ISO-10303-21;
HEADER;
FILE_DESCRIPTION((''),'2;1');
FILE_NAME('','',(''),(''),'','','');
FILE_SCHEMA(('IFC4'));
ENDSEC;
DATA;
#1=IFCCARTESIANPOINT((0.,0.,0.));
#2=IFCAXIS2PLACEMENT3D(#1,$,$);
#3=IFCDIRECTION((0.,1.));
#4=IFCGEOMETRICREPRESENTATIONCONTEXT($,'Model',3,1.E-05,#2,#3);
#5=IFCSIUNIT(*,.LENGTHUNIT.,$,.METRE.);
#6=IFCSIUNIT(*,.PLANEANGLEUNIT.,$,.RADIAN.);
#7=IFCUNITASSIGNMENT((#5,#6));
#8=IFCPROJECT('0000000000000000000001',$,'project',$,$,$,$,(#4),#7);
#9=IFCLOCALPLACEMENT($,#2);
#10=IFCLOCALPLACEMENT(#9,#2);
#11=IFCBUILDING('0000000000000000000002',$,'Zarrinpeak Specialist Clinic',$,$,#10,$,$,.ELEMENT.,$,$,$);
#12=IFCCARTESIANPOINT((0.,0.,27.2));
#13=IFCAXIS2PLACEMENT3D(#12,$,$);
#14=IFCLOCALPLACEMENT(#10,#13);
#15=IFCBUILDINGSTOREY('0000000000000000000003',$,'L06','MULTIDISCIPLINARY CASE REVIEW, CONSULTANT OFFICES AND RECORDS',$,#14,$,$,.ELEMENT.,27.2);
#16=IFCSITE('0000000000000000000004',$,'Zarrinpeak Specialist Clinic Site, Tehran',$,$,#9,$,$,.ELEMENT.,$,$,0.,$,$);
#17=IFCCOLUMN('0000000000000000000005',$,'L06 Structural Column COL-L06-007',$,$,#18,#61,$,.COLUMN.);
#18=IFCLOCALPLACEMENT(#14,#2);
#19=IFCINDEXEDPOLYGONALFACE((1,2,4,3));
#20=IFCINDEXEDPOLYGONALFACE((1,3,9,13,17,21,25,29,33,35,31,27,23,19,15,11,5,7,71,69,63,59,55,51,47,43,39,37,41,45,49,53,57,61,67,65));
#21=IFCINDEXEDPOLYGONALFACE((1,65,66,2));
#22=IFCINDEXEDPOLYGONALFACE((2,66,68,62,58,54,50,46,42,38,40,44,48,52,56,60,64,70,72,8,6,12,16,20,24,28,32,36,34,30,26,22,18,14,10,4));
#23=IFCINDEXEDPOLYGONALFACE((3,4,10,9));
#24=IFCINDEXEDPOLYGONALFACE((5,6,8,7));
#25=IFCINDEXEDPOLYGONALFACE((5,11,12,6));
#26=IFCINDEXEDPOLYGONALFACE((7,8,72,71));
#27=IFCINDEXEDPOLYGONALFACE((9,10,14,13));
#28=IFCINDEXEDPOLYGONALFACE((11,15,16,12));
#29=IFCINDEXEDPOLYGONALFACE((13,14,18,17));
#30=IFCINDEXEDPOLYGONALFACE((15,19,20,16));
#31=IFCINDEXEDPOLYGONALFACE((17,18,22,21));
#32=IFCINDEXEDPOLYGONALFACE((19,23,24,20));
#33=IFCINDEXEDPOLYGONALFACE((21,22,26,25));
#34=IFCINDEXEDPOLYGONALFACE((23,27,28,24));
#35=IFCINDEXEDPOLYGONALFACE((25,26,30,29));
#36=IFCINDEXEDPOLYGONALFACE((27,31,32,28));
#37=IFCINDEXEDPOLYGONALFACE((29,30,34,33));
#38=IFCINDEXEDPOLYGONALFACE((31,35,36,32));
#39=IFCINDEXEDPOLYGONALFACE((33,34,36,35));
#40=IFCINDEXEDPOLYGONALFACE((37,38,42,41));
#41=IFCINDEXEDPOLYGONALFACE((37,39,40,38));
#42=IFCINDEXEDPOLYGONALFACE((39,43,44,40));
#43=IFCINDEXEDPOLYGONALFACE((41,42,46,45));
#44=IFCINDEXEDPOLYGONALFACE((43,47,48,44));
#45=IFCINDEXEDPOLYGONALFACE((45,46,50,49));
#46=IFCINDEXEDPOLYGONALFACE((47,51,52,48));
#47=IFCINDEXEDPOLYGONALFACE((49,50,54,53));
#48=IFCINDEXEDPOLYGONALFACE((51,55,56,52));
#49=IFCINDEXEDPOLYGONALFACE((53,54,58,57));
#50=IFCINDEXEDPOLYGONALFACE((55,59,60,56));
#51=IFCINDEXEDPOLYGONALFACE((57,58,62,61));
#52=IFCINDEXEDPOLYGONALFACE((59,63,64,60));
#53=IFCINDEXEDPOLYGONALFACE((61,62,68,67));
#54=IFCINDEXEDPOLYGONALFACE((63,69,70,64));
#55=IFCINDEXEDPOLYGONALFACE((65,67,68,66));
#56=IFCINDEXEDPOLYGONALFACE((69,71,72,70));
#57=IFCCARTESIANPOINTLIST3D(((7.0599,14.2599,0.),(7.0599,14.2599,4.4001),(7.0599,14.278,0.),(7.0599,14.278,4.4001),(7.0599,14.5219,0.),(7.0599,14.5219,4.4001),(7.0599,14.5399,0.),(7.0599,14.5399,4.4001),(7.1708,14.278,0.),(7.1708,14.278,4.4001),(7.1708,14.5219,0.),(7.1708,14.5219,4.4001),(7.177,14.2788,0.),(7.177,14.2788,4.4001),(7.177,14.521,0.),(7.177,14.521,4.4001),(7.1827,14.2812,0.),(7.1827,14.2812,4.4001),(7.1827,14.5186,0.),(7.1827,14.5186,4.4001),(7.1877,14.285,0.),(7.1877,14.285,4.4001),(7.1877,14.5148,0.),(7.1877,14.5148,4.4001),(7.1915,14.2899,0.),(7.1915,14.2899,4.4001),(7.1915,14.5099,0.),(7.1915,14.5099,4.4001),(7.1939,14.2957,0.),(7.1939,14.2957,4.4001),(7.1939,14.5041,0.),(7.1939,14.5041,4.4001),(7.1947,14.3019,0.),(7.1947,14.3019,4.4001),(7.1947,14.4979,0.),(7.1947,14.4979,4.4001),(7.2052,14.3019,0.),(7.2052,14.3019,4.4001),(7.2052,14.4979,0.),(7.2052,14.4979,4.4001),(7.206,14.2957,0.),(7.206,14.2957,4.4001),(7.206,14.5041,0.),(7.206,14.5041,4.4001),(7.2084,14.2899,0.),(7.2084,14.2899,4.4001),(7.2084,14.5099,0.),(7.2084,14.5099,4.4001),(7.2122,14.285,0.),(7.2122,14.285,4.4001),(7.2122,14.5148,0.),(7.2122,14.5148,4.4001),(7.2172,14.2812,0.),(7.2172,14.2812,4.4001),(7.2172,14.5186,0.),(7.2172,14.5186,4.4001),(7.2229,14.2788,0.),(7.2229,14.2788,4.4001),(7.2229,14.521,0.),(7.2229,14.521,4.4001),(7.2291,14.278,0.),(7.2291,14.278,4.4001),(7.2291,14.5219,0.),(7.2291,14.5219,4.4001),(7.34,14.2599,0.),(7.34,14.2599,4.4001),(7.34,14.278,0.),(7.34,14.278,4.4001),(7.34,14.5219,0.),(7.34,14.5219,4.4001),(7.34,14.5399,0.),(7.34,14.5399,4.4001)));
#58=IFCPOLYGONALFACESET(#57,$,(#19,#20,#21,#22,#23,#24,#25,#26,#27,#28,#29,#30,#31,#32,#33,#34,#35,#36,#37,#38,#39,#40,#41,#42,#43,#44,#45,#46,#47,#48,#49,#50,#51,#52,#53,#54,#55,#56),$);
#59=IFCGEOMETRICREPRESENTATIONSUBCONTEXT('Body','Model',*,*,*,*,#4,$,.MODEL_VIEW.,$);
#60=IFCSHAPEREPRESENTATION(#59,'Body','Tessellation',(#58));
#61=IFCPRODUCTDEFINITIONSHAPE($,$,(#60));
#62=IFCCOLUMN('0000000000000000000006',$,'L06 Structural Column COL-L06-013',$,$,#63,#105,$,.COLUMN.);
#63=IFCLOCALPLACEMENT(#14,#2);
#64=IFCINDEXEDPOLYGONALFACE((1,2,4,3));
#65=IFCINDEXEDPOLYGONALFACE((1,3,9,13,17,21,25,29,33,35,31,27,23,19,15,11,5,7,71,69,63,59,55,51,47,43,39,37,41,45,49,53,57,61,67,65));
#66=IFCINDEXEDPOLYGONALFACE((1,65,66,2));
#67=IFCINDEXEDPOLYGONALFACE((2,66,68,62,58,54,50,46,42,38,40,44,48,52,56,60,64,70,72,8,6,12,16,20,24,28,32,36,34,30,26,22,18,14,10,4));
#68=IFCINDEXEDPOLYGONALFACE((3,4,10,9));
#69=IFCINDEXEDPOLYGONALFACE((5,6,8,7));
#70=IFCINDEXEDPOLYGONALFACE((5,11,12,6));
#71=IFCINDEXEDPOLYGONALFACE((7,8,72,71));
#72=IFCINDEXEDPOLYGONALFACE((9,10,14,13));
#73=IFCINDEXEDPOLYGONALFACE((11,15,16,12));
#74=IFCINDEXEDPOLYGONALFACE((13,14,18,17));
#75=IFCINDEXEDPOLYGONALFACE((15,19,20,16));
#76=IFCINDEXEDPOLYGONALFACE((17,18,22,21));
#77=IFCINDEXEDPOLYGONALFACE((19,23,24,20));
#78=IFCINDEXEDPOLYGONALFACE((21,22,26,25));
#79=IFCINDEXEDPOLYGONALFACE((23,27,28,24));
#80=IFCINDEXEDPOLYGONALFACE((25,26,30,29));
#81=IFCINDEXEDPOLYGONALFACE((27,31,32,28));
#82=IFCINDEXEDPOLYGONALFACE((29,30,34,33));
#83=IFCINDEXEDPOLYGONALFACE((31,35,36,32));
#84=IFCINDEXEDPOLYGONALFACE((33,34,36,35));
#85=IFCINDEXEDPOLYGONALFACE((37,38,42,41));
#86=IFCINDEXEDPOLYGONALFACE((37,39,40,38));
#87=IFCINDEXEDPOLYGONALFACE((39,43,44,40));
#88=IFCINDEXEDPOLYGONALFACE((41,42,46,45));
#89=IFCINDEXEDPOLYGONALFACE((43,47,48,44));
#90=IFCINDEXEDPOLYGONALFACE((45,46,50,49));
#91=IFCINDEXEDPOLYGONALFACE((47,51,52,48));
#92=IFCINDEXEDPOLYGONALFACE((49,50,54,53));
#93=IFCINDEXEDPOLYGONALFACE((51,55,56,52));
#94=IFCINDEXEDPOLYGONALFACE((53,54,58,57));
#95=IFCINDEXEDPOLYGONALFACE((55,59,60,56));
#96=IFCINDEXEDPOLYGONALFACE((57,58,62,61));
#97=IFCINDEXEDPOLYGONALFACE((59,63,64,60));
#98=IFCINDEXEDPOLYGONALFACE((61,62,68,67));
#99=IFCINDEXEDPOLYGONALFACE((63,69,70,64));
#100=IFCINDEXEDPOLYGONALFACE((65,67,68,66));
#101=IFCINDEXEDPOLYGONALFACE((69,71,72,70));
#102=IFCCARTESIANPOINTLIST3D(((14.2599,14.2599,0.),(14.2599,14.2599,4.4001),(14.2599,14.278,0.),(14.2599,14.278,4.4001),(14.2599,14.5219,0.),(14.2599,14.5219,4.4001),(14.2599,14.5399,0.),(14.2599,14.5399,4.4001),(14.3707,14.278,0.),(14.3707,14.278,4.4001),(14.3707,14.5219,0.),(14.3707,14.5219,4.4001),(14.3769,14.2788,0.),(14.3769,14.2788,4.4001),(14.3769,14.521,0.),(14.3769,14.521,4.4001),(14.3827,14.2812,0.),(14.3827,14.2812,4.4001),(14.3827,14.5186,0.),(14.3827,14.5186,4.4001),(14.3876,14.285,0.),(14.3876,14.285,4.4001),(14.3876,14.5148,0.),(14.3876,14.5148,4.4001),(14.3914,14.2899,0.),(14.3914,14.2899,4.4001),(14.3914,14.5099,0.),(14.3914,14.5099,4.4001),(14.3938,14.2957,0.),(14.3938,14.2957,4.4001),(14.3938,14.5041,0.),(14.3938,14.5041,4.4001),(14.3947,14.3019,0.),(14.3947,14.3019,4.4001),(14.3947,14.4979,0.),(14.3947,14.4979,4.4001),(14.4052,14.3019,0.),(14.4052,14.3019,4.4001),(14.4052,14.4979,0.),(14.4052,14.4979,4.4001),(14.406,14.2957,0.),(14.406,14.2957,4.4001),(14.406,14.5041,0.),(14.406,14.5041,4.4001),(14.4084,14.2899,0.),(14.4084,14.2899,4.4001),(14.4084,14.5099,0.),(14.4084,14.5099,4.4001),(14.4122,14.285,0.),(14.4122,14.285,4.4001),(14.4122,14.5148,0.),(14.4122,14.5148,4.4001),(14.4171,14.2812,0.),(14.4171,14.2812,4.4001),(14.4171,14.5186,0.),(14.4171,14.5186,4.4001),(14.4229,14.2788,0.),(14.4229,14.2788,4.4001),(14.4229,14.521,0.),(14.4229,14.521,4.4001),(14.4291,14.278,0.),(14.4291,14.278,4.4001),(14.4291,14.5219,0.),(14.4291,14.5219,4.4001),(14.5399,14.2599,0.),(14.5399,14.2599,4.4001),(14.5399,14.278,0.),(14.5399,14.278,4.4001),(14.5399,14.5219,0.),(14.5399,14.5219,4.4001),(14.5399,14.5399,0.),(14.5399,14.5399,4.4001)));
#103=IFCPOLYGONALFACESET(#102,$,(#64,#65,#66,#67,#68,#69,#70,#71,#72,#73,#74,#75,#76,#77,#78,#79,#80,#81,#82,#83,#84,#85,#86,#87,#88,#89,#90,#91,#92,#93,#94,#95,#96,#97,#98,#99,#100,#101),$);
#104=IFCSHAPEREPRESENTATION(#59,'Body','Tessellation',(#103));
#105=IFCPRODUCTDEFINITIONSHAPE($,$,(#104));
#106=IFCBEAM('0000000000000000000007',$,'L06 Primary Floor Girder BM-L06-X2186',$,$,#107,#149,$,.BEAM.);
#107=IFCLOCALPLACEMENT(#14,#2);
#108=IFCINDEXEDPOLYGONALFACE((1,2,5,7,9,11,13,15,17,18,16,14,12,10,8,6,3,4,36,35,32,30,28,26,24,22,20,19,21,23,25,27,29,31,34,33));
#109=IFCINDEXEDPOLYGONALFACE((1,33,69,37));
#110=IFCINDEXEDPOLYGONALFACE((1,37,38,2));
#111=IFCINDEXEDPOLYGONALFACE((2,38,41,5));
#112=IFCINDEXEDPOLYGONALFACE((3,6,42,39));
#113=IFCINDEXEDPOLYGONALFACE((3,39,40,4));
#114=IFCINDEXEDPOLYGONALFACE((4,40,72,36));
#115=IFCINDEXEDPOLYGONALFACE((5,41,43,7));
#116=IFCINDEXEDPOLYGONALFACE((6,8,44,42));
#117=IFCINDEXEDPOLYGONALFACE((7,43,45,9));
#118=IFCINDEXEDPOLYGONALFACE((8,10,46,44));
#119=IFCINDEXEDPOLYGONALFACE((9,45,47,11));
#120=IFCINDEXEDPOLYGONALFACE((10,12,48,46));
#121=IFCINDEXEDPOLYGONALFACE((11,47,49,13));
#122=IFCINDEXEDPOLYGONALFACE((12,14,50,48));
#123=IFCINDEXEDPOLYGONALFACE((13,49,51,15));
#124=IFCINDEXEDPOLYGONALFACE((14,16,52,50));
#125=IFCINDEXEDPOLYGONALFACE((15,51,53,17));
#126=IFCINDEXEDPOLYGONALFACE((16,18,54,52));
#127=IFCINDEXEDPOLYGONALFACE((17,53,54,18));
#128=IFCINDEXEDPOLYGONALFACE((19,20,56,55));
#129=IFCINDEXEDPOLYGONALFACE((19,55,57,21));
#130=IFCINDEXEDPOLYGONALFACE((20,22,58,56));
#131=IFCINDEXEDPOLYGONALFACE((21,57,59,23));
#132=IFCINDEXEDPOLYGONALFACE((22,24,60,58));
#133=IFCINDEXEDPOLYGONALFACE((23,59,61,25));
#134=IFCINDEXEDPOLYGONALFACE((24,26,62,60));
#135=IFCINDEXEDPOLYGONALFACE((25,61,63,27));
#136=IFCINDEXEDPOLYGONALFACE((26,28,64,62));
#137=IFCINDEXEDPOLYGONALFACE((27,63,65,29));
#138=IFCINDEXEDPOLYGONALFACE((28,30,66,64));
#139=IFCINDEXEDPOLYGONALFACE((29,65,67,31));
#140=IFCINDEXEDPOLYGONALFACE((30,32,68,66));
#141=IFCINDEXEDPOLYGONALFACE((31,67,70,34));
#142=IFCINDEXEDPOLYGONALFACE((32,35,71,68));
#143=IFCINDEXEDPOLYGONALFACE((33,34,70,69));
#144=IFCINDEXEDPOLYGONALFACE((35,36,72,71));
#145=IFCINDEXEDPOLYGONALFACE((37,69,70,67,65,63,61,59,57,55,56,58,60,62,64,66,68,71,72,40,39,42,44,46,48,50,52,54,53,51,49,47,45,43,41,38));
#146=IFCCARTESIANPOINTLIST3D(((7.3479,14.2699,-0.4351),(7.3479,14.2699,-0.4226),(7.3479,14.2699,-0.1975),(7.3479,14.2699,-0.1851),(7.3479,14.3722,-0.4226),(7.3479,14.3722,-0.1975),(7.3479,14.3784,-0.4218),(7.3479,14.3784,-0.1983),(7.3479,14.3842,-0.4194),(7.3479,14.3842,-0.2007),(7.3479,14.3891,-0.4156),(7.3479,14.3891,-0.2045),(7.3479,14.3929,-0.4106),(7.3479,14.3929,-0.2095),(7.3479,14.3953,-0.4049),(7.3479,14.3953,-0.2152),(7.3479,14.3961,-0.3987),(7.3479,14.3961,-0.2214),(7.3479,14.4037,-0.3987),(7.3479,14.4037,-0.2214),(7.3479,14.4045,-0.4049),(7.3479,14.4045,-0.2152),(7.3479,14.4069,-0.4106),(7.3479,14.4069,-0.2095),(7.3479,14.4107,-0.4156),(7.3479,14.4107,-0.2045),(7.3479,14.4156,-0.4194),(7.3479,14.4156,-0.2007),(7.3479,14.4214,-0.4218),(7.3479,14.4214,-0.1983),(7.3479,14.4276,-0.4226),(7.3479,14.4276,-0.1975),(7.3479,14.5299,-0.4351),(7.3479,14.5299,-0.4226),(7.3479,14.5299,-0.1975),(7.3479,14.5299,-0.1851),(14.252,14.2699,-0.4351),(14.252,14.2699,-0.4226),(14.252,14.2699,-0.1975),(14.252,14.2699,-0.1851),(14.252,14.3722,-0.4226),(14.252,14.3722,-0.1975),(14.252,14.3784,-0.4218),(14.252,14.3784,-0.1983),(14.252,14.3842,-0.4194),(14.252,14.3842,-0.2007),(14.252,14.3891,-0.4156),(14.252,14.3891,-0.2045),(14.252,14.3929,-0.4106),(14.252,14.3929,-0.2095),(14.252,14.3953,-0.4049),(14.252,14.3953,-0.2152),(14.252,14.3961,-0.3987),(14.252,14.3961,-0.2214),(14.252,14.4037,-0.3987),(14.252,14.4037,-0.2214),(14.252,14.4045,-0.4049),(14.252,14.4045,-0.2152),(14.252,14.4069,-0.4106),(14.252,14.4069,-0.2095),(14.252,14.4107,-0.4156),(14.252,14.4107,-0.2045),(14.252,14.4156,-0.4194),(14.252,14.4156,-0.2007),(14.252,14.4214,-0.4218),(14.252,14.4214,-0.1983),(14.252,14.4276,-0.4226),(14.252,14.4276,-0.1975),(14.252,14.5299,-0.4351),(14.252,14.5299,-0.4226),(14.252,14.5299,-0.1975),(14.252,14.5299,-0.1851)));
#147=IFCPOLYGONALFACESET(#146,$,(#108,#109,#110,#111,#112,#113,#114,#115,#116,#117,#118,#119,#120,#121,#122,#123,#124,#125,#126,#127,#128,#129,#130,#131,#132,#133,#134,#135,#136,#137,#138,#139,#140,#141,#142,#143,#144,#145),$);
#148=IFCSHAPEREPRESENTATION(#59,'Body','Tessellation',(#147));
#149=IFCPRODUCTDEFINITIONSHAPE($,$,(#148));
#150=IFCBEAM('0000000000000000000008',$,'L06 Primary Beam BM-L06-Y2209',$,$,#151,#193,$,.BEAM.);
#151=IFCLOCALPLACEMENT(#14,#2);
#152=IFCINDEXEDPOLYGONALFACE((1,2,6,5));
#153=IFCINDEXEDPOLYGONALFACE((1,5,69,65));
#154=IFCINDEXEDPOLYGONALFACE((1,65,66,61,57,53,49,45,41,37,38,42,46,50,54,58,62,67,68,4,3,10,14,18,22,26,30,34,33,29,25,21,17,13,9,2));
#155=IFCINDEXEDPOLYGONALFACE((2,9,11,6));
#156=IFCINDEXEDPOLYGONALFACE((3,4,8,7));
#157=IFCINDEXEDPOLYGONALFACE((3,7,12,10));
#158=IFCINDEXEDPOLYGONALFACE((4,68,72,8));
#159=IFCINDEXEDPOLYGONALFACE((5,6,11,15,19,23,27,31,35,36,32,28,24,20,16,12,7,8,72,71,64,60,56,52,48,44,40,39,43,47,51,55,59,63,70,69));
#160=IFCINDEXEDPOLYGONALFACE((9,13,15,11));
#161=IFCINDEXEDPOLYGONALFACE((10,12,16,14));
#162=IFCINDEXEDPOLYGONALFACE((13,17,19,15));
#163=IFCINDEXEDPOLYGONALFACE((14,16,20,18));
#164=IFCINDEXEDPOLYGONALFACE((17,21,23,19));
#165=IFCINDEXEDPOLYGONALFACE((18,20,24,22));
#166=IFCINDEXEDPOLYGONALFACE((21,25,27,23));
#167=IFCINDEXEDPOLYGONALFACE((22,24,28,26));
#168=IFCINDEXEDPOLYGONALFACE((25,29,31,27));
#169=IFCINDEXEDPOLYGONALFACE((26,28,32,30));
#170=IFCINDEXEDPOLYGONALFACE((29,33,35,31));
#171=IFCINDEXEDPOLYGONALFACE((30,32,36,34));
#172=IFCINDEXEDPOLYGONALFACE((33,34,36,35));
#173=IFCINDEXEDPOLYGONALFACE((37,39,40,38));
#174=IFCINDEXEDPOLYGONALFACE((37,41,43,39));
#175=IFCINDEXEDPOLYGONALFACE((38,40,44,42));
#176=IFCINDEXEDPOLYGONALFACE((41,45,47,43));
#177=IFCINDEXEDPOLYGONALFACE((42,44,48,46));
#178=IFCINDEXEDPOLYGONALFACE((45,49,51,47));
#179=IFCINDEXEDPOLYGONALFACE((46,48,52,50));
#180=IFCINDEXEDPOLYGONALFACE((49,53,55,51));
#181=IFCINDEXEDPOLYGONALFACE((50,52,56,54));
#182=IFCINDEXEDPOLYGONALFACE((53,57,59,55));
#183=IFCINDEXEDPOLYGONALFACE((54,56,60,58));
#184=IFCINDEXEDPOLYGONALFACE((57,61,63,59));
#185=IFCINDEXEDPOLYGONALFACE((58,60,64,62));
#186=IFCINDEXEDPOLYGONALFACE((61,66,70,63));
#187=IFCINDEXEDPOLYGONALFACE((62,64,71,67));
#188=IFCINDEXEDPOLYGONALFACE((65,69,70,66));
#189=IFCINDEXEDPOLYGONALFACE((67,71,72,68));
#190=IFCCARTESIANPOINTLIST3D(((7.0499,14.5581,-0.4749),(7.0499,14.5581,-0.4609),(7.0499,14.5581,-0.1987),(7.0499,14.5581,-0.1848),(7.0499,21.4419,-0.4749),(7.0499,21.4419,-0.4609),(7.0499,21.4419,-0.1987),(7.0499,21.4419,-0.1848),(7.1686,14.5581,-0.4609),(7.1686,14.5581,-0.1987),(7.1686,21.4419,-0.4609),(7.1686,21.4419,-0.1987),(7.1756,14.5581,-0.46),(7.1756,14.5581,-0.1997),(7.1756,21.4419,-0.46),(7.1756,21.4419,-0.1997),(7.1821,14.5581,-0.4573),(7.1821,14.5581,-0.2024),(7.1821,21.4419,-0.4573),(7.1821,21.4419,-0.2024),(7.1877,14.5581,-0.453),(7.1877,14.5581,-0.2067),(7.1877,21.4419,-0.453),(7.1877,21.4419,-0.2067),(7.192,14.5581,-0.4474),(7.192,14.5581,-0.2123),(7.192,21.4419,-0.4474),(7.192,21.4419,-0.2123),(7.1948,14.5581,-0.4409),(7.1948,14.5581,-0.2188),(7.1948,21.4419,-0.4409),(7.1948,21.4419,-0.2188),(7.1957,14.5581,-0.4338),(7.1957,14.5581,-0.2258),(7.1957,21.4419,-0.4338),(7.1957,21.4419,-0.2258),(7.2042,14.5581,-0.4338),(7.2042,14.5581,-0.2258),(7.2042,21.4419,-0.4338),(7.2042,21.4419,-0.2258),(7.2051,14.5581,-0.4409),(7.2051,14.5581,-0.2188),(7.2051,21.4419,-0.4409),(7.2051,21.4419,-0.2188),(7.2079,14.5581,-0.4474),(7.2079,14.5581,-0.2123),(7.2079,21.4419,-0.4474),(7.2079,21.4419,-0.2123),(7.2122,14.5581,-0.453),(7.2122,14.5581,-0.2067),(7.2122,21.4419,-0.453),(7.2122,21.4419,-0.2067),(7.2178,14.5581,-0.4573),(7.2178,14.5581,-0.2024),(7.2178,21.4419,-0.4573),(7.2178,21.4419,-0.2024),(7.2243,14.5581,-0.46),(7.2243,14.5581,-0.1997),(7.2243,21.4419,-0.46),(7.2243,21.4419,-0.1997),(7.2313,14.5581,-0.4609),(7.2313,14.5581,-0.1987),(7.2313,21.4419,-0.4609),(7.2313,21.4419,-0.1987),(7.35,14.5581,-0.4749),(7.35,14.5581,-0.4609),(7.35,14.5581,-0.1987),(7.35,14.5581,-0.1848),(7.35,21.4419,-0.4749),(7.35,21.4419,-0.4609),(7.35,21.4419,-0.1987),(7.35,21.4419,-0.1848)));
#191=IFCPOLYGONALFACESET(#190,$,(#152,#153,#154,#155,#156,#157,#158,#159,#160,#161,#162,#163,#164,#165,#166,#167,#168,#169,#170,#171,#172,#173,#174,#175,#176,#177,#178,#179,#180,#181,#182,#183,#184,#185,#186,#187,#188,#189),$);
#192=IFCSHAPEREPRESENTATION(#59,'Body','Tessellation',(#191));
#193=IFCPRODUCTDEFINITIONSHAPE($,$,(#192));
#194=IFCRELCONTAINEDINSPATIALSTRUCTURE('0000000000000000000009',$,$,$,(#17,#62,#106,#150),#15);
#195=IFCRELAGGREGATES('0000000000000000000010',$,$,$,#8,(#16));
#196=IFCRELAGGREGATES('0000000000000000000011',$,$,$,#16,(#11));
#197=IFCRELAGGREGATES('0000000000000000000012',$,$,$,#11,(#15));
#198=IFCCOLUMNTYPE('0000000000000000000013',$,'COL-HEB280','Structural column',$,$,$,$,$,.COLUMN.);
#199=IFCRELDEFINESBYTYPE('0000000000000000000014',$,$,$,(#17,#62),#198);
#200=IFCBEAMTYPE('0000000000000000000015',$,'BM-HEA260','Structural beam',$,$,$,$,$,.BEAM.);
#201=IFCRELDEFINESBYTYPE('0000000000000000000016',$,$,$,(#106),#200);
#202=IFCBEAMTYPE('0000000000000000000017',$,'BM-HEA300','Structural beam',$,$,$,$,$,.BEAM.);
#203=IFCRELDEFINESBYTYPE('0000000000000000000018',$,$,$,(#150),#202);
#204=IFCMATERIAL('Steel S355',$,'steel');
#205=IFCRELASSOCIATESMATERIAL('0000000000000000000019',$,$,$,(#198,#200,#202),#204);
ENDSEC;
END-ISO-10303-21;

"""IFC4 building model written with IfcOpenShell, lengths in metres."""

from ifc_helpers import new_model, si_unit, direction, frame, origin, origin_2d, place, context, subcontext, project, spatial, i_section, extrude, material, material_profile, profile_set, type_object, element, save


model = new_model("IFC4")

# Units and contexts
model_context = context("Model", 3, precision=1e-05, world=origin(), true_north=direction((0.0, 1.0)))
body_context = subcontext(model_context, "Body", "Model", "MODEL_VIEW")
ifc_project = project(units=[si_unit("LENGTHUNIT", "METRE"), si_unit("PLANEANGLEUNIT", "RADIAN")], contexts=[model_context])

# Site, building, storey
site_placement = place(None, origin())
site = spatial("IfcSite", under=ifc_project, at=site_placement, Name="Zarrinpeak Specialist Clinic Site, Tehran", CompositionType="ELEMENT", RefElevation=0.0)
building_placement = place(site_placement, origin())
building = spatial("IfcBuilding", under=site, at=building_placement, Name="Zarrinpeak Specialist Clinic", CompositionType="ELEMENT")
storey_placement = place(building_placement, frame((0.0, 0.0, 27.2)))
storey = spatial("IfcBuildingStorey", under=building, at=storey_placement, Name="L06", Description="MULTIDISCIPLINARY CASE REVIEW, CONSULTANT OFFICES AND RECORDS", CompositionType="ELEMENT", Elevation=27.2)

# Columns
ifc_material_1 = material(Name="Steel S355", Category="steel")
ifc_material_profile_1 = material_profile(ifc_material_1, i_section(OverallWidth=0.28, OverallDepth=0.28, WebThickness=0.0105, FlangeThickness=0.0181, FilletRadius=0.0239, at=origin_2d()), Name="HEB 280")
ifc_profile_set_1 = profile_set([ifc_material_profile_1], Name="Steel S355")
column_type = type_object("IfcColumnType", Name="COL-HEB280", Description="Structural column", PredefinedType="COLUMN", material=ifc_profile_set_1)
for number, where, z_axis, x_axis, name in (
    (1, (7.2, 14.3999, 0.0), (0.0, 0.0, 1.0), (1.0, 0.0, 0.0), "L06 Structural Column COL-L06-007"),
    (2, (14.3999, 14.3999, 0.0), (0.0, 0.0, 1.0), (1.0, 0.0, 0.0), "L06 Structural Column COL-L06-013"),
):
    element("IfcColumn", number, at=place(storey_placement, frame(where, z_axis=z_axis, x_axis=x_axis)), inside=storey, type_object=column_type, Name=name, PredefinedType="COLUMN", context=body_context, shape_type="SweptSolid", body=[
        extrude(i_section(OverallWidth=0.28, OverallDepth=0.28, WebThickness=0.0105, FlangeThickness=0.0181, FilletRadius=0.0239, at=origin_2d()), origin(), (0.0, 0.0, 1.0), 4.4001),
    ])

# Beams
ifc_material_profile_2 = material_profile(ifc_material_1, i_section(OverallWidth=0.26, OverallDepth=0.25, WebThickness=0.0076, FlangeThickness=0.0125, FilletRadius=0.0239, at=origin_2d()), Name="HEA 260")
ifc_profile_set_2 = profile_set([ifc_material_profile_2], Name="Steel S355")
beam_type_1 = type_object("IfcBeamType", Name="BM-HEA260", Description="Structural beam", PredefinedType="BEAM", material=ifc_profile_set_2)
beam_placement = place(storey_placement, frame((7.3479, 14.3999, -0.3101), z_axis=(1.0, 0.0, 0.0), x_axis=(0.0, 1.0, 0.0)))
element("IfcBeam", 3, at=beam_placement, inside=storey, type_object=beam_type_1, Name="L06 Primary Floor Girder BM-L06-X2186", PredefinedType="BEAM", context=body_context, shape_type="SweptSolid", body=[
    extrude(i_section(OverallWidth=0.26, OverallDepth=0.25, WebThickness=0.0076, FlangeThickness=0.0125, FilletRadius=0.0239, at=origin_2d()), origin(), (0.0, 0.0, 1.0), 6.9041),
])
ifc_material_profile_3 = material_profile(ifc_material_1, i_section(OverallWidth=0.3, OverallDepth=0.29, WebThickness=0.0085, FlangeThickness=0.0139, FilletRadius=0.0271, at=origin_2d()), Name="HEA 300")
ifc_profile_set_3 = profile_set([ifc_material_profile_3], Name="Steel S355")
beam_type_2 = type_object("IfcBeamType", Name="BM-HEA300", Description="Structural beam", PredefinedType="BEAM", material=ifc_profile_set_3)
for number, where, z_axis, x_axis, name in (
    (4, (7.2, 14.5581, -0.3298), (0.0, 1.0, 0.0), (-1.0, 0.0, 0.0), "L06 Primary Beam BM-L06-Y2209"),
):
    element("IfcBeam", number, at=place(storey_placement, frame(where, z_axis=z_axis, x_axis=x_axis)), inside=storey, type_object=beam_type_2, Name=name, PredefinedType="BEAM", context=body_context, shape_type="SweptSolid", body=[
        extrude(i_section(OverallWidth=0.3, OverallDepth=0.29, WebThickness=0.0085, FlangeThickness=0.0139, FilletRadius=0.0271, at=origin_2d()), origin(), (0.0, 0.0, 1.0), 6.8838),
    ])

save(model, "model.ifc")
